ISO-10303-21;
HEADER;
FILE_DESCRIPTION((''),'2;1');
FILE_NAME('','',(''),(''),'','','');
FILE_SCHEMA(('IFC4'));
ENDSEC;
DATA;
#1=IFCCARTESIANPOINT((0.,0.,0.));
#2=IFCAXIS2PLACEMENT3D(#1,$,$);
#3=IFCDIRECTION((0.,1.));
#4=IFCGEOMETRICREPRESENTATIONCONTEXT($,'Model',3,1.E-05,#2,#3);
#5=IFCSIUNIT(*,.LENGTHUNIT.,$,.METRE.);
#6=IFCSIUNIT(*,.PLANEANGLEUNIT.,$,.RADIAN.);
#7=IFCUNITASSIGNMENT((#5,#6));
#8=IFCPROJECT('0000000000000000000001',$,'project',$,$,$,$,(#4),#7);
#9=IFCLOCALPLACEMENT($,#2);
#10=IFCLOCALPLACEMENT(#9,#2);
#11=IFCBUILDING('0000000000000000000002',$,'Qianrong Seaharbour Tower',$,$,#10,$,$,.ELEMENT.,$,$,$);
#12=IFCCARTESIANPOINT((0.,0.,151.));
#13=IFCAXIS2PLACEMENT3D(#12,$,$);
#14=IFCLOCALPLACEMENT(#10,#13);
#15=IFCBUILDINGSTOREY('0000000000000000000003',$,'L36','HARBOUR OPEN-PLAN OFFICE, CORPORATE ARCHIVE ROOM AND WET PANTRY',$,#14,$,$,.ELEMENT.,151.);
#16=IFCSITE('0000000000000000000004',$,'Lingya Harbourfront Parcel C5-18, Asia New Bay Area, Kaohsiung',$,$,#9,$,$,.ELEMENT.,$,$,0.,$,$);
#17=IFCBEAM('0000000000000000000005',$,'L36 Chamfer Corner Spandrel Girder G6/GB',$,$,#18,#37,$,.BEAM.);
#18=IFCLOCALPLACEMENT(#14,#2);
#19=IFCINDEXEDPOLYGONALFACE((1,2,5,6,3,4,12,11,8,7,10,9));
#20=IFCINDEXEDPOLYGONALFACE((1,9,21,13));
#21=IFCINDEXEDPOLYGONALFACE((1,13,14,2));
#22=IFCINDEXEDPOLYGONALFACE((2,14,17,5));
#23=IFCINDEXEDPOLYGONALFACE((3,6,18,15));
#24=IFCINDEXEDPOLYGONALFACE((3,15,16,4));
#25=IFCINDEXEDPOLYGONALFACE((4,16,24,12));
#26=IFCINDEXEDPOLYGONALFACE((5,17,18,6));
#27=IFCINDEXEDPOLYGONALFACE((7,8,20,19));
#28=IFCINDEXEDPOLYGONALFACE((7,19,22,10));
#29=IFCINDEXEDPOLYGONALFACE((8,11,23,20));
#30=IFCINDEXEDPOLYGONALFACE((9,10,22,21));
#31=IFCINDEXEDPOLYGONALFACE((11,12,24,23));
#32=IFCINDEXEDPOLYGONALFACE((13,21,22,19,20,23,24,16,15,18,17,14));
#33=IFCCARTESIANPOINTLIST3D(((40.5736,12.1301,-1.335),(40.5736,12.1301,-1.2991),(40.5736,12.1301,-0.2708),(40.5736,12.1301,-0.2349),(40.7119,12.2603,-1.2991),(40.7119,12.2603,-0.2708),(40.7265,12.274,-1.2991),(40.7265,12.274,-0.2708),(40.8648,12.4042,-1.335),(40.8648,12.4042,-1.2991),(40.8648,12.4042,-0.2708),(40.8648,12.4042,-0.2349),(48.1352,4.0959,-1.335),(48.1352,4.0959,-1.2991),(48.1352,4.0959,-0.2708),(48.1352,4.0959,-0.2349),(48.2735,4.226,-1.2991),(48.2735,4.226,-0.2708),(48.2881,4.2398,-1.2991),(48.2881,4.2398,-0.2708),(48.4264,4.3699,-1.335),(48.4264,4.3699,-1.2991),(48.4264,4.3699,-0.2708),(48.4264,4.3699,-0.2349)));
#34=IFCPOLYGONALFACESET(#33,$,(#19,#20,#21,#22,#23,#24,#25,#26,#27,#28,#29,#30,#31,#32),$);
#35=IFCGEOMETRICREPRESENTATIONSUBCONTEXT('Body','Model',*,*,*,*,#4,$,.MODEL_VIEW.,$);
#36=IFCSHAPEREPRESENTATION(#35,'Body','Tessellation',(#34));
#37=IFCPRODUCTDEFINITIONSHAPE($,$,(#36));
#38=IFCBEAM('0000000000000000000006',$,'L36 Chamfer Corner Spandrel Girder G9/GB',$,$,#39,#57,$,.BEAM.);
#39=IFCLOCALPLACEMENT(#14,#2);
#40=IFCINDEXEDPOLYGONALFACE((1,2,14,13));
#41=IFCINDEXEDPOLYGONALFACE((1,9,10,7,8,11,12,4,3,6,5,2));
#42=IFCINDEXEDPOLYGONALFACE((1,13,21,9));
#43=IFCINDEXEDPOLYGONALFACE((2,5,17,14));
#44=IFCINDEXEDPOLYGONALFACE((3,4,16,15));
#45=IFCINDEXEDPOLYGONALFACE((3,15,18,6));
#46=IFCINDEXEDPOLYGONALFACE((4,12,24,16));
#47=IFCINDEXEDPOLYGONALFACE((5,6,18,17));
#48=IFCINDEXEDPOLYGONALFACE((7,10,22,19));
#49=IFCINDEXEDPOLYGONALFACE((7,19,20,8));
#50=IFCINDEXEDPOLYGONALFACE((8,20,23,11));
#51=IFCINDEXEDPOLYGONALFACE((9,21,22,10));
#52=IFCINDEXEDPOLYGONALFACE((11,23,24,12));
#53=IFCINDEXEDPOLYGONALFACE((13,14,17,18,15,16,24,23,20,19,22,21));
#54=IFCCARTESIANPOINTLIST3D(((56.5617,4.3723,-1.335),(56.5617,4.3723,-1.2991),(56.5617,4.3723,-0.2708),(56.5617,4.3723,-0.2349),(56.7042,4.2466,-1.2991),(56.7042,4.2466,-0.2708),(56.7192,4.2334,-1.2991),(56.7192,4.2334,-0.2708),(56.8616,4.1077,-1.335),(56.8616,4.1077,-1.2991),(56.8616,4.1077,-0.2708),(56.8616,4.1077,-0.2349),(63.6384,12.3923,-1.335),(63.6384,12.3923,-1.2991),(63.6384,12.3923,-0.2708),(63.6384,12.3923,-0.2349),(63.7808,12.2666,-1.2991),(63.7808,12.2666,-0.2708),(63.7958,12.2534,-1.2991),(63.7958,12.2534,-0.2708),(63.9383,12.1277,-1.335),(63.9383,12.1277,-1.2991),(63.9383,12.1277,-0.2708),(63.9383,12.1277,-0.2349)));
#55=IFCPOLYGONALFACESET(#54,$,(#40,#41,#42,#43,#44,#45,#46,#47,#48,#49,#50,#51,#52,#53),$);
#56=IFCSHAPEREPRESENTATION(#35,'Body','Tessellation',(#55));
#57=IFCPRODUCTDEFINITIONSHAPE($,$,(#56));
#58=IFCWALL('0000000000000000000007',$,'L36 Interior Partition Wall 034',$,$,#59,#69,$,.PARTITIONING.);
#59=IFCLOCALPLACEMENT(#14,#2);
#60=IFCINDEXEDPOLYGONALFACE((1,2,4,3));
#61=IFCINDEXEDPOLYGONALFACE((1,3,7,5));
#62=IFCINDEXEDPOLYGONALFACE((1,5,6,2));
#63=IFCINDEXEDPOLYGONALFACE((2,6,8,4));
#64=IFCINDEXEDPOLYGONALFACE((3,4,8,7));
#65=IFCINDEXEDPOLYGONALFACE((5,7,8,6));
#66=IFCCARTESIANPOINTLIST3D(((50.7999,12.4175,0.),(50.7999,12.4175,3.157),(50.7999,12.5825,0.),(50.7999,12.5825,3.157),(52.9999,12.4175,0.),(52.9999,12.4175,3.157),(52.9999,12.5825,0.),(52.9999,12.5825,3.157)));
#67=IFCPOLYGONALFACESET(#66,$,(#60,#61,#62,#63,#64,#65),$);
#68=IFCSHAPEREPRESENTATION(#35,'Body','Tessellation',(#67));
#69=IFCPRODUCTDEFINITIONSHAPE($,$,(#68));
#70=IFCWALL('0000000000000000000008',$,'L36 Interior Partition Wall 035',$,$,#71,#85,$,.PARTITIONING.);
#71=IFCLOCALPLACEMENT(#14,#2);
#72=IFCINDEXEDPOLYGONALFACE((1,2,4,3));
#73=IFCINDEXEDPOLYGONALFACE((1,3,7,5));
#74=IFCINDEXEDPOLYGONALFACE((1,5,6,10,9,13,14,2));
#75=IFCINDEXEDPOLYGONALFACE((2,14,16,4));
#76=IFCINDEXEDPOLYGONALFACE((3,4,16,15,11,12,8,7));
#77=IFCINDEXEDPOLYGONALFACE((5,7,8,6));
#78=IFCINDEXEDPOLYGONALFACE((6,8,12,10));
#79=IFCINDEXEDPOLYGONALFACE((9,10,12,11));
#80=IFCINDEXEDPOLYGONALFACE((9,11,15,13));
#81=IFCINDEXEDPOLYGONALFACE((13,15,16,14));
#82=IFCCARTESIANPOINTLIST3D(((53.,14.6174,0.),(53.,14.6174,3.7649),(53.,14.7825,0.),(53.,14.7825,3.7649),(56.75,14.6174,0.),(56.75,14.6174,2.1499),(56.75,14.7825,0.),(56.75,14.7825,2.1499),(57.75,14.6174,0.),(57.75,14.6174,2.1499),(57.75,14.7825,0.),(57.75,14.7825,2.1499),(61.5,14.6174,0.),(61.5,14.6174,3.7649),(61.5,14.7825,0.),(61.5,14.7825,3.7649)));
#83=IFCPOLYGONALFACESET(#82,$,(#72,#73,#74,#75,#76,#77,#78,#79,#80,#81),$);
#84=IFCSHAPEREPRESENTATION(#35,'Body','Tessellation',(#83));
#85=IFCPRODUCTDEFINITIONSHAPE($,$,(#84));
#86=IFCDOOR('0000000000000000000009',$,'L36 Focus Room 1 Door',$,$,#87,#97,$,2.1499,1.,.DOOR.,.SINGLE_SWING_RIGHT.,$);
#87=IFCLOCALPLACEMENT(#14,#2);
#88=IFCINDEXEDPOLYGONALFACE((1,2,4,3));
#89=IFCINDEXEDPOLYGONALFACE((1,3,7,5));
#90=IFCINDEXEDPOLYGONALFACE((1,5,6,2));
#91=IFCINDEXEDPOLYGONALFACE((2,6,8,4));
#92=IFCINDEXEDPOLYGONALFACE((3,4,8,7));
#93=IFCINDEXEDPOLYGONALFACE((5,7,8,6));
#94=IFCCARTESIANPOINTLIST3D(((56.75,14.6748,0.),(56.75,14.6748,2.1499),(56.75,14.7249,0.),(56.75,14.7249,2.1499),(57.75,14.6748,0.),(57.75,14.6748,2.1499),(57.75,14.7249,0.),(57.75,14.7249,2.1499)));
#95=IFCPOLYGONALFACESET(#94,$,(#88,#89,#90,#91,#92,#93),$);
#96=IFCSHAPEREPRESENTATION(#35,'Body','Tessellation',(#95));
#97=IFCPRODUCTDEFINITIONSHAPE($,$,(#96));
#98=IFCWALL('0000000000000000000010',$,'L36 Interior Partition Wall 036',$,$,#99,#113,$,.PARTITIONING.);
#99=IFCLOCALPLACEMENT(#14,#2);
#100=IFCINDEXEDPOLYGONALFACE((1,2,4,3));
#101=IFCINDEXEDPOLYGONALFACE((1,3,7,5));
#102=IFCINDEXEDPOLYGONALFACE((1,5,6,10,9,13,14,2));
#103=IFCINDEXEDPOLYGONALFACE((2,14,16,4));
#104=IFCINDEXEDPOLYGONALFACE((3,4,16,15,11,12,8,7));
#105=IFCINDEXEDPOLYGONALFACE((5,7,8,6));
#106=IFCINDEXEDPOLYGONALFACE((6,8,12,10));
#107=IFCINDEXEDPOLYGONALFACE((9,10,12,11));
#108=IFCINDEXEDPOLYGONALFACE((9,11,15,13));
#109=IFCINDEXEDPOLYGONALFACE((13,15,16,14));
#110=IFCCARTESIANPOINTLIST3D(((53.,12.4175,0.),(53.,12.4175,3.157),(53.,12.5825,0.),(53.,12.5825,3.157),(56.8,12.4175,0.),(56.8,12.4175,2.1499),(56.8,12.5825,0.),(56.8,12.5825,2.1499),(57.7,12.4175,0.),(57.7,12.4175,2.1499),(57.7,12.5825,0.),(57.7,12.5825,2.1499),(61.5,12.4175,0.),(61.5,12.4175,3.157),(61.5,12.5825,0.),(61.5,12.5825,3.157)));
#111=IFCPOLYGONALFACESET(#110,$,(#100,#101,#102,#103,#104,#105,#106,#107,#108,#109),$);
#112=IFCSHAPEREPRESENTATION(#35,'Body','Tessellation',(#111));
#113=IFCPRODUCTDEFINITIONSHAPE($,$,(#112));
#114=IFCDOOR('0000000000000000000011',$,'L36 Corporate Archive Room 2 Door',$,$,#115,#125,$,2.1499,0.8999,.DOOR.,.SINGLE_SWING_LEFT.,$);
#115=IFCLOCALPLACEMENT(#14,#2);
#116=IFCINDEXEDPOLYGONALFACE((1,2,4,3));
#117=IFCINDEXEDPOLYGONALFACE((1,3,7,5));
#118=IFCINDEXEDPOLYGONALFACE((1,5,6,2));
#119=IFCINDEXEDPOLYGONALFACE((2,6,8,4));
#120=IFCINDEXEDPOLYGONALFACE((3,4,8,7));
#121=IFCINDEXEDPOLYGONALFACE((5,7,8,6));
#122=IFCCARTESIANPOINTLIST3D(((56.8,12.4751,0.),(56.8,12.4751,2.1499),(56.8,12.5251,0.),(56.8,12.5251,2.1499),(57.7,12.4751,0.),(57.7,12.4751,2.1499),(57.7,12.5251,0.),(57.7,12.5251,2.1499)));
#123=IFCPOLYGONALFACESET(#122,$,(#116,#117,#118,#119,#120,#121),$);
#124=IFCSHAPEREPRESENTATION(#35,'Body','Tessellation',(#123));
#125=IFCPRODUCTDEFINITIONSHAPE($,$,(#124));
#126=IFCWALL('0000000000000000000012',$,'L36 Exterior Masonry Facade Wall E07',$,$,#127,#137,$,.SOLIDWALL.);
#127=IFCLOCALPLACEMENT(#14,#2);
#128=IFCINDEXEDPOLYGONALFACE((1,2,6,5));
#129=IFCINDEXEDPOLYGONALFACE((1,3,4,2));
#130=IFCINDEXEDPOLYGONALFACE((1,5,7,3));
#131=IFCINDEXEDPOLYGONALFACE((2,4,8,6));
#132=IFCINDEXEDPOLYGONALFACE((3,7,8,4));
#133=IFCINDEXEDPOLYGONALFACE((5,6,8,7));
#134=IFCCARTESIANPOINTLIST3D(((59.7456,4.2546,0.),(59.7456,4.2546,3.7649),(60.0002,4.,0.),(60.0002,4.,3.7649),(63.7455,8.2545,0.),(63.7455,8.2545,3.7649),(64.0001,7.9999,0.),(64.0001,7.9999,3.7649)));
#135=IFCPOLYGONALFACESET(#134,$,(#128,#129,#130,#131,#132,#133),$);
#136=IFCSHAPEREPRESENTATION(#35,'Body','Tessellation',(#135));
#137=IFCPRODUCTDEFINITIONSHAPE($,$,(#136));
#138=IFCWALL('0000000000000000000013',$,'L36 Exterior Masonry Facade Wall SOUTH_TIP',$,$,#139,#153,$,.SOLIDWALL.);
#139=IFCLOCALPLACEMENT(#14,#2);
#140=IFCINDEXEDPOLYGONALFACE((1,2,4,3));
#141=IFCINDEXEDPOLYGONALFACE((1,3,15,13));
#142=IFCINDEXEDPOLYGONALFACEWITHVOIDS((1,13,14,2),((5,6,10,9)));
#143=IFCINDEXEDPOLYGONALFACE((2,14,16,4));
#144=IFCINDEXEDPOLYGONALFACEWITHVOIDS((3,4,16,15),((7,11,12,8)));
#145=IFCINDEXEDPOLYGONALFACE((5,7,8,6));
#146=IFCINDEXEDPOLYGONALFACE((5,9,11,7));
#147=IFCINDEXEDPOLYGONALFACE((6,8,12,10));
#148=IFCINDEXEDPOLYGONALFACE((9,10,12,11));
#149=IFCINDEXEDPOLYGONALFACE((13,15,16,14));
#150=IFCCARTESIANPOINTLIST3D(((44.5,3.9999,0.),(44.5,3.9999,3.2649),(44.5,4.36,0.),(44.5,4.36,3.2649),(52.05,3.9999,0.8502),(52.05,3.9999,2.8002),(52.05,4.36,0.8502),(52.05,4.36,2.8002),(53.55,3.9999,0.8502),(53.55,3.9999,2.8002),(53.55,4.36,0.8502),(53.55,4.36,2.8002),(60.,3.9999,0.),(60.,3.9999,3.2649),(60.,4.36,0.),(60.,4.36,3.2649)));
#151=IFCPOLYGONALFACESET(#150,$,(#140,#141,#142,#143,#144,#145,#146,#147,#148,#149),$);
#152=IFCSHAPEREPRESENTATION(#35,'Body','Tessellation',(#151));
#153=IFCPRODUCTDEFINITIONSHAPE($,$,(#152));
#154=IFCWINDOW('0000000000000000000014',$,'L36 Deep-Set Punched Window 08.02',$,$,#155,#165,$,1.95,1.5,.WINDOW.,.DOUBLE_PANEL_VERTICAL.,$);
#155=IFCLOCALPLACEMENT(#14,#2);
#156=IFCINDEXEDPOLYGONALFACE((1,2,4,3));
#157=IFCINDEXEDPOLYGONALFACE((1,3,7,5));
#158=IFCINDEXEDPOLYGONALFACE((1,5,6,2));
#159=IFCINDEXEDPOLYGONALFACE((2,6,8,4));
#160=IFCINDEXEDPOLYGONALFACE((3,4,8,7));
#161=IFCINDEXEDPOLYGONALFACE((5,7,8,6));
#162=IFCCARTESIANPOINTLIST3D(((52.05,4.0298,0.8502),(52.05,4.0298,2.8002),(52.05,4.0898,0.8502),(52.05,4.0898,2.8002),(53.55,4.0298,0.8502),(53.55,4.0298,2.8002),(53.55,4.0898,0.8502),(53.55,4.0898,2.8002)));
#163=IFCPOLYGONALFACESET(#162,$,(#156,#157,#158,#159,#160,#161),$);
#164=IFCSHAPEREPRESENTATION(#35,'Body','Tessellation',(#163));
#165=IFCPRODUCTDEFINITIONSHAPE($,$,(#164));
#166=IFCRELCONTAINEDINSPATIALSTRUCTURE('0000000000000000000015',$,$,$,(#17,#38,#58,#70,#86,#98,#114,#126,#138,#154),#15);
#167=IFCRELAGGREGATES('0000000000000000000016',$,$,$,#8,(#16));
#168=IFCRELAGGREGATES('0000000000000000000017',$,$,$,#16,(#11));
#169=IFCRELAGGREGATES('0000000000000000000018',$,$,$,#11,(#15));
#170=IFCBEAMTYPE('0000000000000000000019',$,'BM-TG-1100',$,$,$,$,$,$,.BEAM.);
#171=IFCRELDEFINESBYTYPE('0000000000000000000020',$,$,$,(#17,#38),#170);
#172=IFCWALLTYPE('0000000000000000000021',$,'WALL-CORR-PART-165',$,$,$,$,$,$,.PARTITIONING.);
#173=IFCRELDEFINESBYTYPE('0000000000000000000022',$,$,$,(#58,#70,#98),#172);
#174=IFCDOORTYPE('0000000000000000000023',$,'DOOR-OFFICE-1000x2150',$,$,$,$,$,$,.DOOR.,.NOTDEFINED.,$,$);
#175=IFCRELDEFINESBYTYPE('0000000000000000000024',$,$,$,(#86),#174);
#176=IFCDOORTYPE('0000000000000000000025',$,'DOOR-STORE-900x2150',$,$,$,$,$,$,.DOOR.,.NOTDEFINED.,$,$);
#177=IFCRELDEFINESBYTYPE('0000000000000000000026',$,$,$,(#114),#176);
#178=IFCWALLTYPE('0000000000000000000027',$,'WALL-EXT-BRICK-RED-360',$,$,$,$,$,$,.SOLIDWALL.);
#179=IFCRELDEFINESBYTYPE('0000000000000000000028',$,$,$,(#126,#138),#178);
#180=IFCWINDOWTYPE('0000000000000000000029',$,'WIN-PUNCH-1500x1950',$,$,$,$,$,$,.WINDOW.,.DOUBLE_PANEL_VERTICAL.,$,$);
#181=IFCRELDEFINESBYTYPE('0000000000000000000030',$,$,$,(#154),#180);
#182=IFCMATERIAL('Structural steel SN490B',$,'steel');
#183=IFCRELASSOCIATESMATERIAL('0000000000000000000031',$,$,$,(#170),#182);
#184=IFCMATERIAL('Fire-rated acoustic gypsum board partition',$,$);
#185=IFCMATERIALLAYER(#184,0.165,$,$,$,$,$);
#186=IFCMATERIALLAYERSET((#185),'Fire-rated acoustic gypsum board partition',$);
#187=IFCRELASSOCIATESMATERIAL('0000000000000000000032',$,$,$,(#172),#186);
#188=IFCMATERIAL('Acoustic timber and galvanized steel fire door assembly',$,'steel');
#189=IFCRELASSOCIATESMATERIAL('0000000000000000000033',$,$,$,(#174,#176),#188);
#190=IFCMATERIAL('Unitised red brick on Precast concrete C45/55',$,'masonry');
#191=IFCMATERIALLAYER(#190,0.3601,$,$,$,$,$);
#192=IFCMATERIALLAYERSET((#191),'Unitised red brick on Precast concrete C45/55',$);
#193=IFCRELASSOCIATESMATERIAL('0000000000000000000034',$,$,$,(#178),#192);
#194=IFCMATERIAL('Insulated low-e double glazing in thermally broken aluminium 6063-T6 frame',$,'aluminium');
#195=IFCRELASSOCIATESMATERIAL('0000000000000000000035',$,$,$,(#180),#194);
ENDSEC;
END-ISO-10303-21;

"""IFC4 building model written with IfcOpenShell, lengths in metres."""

from ifc_helpers import new_model, si_unit, direction, frame, frame_2d, origin, origin_2d, place, context, subcontext, project, spatial, rectangle, i_section, extrude, material, layer, layer_set, material_profile, profile_set, type_object, element, fill, save


model = new_model("IFC4")

# Units and contexts
model_context = context("Model", 3, precision=1e-05, world=origin(), true_north=direction((0.0, 1.0)))
body_context = subcontext(model_context, "Body", "Model", "MODEL_VIEW")
ifc_project = project(units=[si_unit("LENGTHUNIT", "METRE"), si_unit("PLANEANGLEUNIT", "RADIAN")], contexts=[model_context])

# Site, building, storey
site_placement = place(None, origin())
site = spatial("IfcSite", under=ifc_project, at=site_placement, Name="Lingya Harbourfront Parcel C5-18, Asia New Bay Area, Kaohsiung", CompositionType="ELEMENT", RefElevation=0.0)
building_placement = place(site_placement, origin())
building = spatial("IfcBuilding", under=site, at=building_placement, Name="Qianrong Seaharbour Tower", CompositionType="ELEMENT")
storey_placement = place(building_placement, frame((0.0, 0.0, 151.0)))
storey = spatial("IfcBuildingStorey", under=building, at=storey_placement, Name="L36", Description="HARBOUR OPEN-PLAN OFFICE, CORPORATE ARCHIVE ROOM AND WET PANTRY", CompositionType="ELEMENT", Elevation=151.0)

# Shared definitions
ifc_material_1 = material(Name="Structural steel SN490B", Category="steel")

# Beams
ifc_material_profile_1 = material_profile(ifc_material_1, i_section(OverallWidth=0.3999, OverallDepth=1.1001, WebThickness=0.02, FlangeThickness=0.0359, at=origin_2d()), Name="BH1100x400x20x36")
ifc_profile_set_1 = profile_set([ifc_material_profile_1], Name="Structural steel SN490B")
beam_type_1 = type_object("IfcBeamType", Name="BM-TG-1100", PredefinedType="BEAM", material=ifc_profile_set_1)
beam_1_placement = place(storey_placement, frame((48.2808, 4.2329, -0.7849), z_axis=(-0.685362, 0.728203, 0.0), x_axis=(-0.728203, -0.685362, 0.0)))
element("IfcBeam", 1, at=beam_1_placement, inside=storey, type_object=beam_type_1, Name="L36 Chamfer Corner Spandrel Girder G6/GB", PredefinedType="BEAM", context=body_context, shape_type="SweptSolid", body=[
    extrude(i_section(OverallWidth=0.3999, OverallDepth=1.1001, WebThickness=0.02, FlangeThickness=0.0359, at=origin_2d()), origin(), (0.0, 0.0, 1.0), 11.033),
])
beam_2_placement = place(storey_placement, frame((56.7117, 4.24, -0.7849), z_axis=(0.661631, 0.74983, 0.0), x_axis=(-0.74983, 0.661631, 0.0)))
element("IfcBeam", 2, at=beam_2_placement, inside=storey, type_object=beam_type_1, Name="L36 Chamfer Corner Spandrel Girder G9/GB", PredefinedType="BEAM", context=body_context, shape_type="SweptSolid", body=[
    extrude(i_section(OverallWidth=0.3999, OverallDepth=1.1001, WebThickness=0.02, FlangeThickness=0.0359, at=origin_2d()), origin(), (0.0, 0.0, 1.0), 10.6958),
])

# Wall
ifc_material_2 = material(Name="Fire-rated acoustic gypsum board partition")
ifc_layer_1 = layer(ifc_material_2, 0.165)
ifc_layer_set_1 = layer_set([ifc_layer_1], Name="Fire-rated acoustic gypsum board partition")
wall_type_1 = type_object("IfcWallType", Name="WALL-CORR-PART-165", PredefinedType="PARTITIONING", material=ifc_layer_set_1)
wall_1_placement = place(storey_placement, frame((53.0, 12.5, 0.0), z_axis=(0.0, 0.0, 1.0), x_axis=(-1.0, 0.0, 0.0)))
element("IfcWall", 3, at=wall_1_placement, inside=storey, type_object=wall_type_1, Name="L36 Interior Partition Wall 034", PredefinedType="PARTITIONING", context=body_context, shape_type="SweptSolid", body=[
    extrude(rectangle(XDim=2.2, YDim=0.165, at=frame_2d((1.1001, 0.0))), origin(), (0.0, 0.0, 1.0), 3.157),
])

# Walls, openings, doors
wall_2_placement = place(storey_placement, frame((53.0, 14.7, 0.0), z_axis=(0.0, 0.0, 1.0), x_axis=(1.0, 0.0, 0.0)))
wall_2 = element("IfcWall", 4, at=wall_2_placement, inside=storey, type_object=wall_type_1, Name="L36 Interior Partition Wall 035", PredefinedType="PARTITIONING", context=body_context, shape_type="SweptSolid", body=[
    extrude(rectangle(XDim=8.5, YDim=0.165, at=frame_2d((4.25, 0.0))), origin(), (0.0, 0.0, 1.0), 3.7649),
])
opening_1_placement = place(wall_2_placement, frame((3.75, 0.0, 0.0)))
opening_1 = element("IfcOpeningElement", 5, at=opening_1_placement, cuts=wall_2, PredefinedType="OPENING", context=body_context, shape_type="SweptSolid", body=[
    extrude(rectangle(XDim=1.0, YDim=2.1499, at=frame_2d((0.5, 1.075))), frame((0.0, 0.0925, 0.0), z_axis=(0.0, -1.0, 0.0), x_axis=(1.0, 0.0, 0.0)), (0.0, 0.0, 1.0), 0.1851),
])
ifc_material_3 = material(Name="Acoustic timber and galvanized steel fire door assembly", Category="steel")
door_type_1 = type_object("IfcDoorType", Name="DOOR-OFFICE-1000x2150", OperationType="NOTDEFINED", PredefinedType="DOOR", material=ifc_material_3)
door_1_placement = place(opening_1_placement, origin())
door_1 = element("IfcDoor", 6, at=door_1_placement, inside=storey, type_object=door_type_1, Name="L36 Focus Room 1 Door", OperationType="SINGLE_SWING_RIGHT", OverallHeight=2.1499, OverallWidth=1.0, PredefinedType="DOOR", context=body_context, shape_type="SweptSolid", body=[
    extrude(rectangle(XDim=1.0, YDim=2.1499, at=frame_2d((0.5, 1.075))), frame((0.0, 0.0249, 0.0), z_axis=(0.0, -1.0, 0.0), x_axis=(1.0, 0.0, 0.0)), (0.0, 0.0, 1.0), 0.05),
])
fill(opening_1, door_1)
wall_3_placement = place(storey_placement, frame((61.5, 12.5, 0.0), z_axis=(0.0, 0.0, 1.0), x_axis=(-1.0, 0.0, 0.0)))
wall_3 = element("IfcWall", 7, at=wall_3_placement, inside=storey, type_object=wall_type_1, Name="L36 Interior Partition Wall 036", PredefinedType="PARTITIONING", context=body_context, shape_type="SweptSolid", body=[
    extrude(rectangle(XDim=8.5, YDim=0.165, at=frame_2d((4.25, 0.0))), origin(), (0.0, 0.0, 1.0), 3.157),
])
opening_2_placement = place(wall_3_placement, frame((3.8, 0.0, 0.0)))
opening_2 = element("IfcOpeningElement", 8, at=opening_2_placement, cuts=wall_3, PredefinedType="OPENING", context=body_context, shape_type="SweptSolid", body=[
    extrude(rectangle(XDim=0.8999, YDim=2.1499, at=frame_2d((0.45, 1.075))), frame((0.0, 0.0925, 0.0), z_axis=(0.0, -1.0, 0.0), x_axis=(1.0, 0.0, 0.0)), (0.0, 0.0, 1.0), 0.1851),
])
door_type_2 = type_object("IfcDoorType", Name="DOOR-STORE-900x2150", OperationType="NOTDEFINED", PredefinedType="DOOR", material=ifc_material_3)
door_2_placement = place(opening_2_placement, origin())
door_2 = element("IfcDoor", 9, at=door_2_placement, inside=storey, type_object=door_type_2, Name="L36 Corporate Archive Room 2 Door", OperationType="SINGLE_SWING_LEFT", OverallHeight=2.1499, OverallWidth=0.8999, PredefinedType="DOOR", context=body_context, shape_type="SweptSolid", body=[
    extrude(rectangle(XDim=0.8999, YDim=2.1499, at=frame_2d((0.45, 1.075))), frame((0.0, 0.0249, 0.0), z_axis=(0.0, -1.0, 0.0), x_axis=(1.0, 0.0, 0.0)), (0.0, 0.0, 1.0), 0.05),
])
fill(opening_2, door_2)

# Wall
ifc_material_4 = material(Name="Unitised red brick on Precast concrete C45/55", Category="masonry")
ifc_layer_2 = layer(ifc_material_4, 0.3601)
ifc_layer_set_2 = layer_set([ifc_layer_2], Name="Unitised red brick on Precast concrete C45/55")
wall_type_2 = type_object("IfcWallType", Name="WALL-EXT-BRICK-RED-360", PredefinedType="SOLIDWALL", material=ifc_layer_set_2)
wall_4_placement = place(storey_placement, frame((63.8728, 8.1272, 0.0), z_axis=(0.0, 0.0, 1.0), x_axis=(-0.707107, -0.707107, 0.0)))
element("IfcWall", 10, at=wall_4_placement, inside=storey, type_object=wall_type_2, Name="L36 Exterior Masonry Facade Wall E07", PredefinedType="SOLIDWALL", context=body_context, shape_type="SweptSolid", body=[
    extrude(rectangle(XDim=5.6567, YDim=0.3601, at=frame_2d((2.8284, 0.0))), origin(), (0.0, 0.0, 1.0), 3.7649),
])

# Wall, opening, window
wall_5_placement = place(storey_placement, frame((60.0, 4.1799, 0.0), z_axis=(0.0, 0.0, 1.0), x_axis=(-1.0, 0.0, 0.0)))
wall_5 = element("IfcWall", 11, at=wall_5_placement, inside=storey, type_object=wall_type_2, Name="L36 Exterior Masonry Facade Wall SOUTH_TIP", PredefinedType="SOLIDWALL", context=body_context, shape_type="SweptSolid", body=[
    extrude(rectangle(XDim=15.5, YDim=0.3601, at=frame_2d((7.75, 0.0))), origin(), (0.0, 0.0, 1.0), 3.2649),
])
opening_3_placement = place(wall_5_placement, frame((6.45, 0.0, 0.8501)))
opening_3 = element("IfcOpeningElement", 12, at=opening_3_placement, cuts=wall_5, PredefinedType="OPENING", context=body_context, shape_type="SweptSolid", body=[
    extrude(rectangle(XDim=1.5, YDim=1.95, at=frame_2d((0.75, 0.9751))), frame((0.0, 0.1899, 0.0), z_axis=(0.0, -1.0, 0.0), x_axis=(1.0, 0.0, 0.0)), (0.0, 0.0, 1.0), 0.3801),
])
ifc_material_5 = material(Name="Insulated low-e double glazing in thermally broken aluminium 6063-T6 frame", Category="aluminium")
window_type = type_object("IfcWindowType", Name="WIN-PUNCH-1500x1950", PartitioningType="DOUBLE_PANEL_VERTICAL", PredefinedType="WINDOW", material=ifc_material_5)
window_placement = place(opening_3_placement, origin())
window = element("IfcWindow", 13, at=window_placement, inside=storey, type_object=window_type, Name="L36 Deep-Set Punched Window 08.02", OverallHeight=1.95, OverallWidth=1.5, PartitioningType="DOUBLE_PANEL_VERTICAL", PredefinedType="WINDOW", context=body_context, shape_type="SweptSolid", body=[
    extrude(rectangle(XDim=1.5, YDim=1.95, at=frame_2d((0.75, 0.9751))), frame((0.0, 0.1501, 0.0), z_axis=(0.0, -1.0, 0.0), x_axis=(1.0, 0.0, 0.0)), (0.0, 0.0, 1.0), 0.0601),
])
fill(opening_3, window)

save(model, "model.ifc")
